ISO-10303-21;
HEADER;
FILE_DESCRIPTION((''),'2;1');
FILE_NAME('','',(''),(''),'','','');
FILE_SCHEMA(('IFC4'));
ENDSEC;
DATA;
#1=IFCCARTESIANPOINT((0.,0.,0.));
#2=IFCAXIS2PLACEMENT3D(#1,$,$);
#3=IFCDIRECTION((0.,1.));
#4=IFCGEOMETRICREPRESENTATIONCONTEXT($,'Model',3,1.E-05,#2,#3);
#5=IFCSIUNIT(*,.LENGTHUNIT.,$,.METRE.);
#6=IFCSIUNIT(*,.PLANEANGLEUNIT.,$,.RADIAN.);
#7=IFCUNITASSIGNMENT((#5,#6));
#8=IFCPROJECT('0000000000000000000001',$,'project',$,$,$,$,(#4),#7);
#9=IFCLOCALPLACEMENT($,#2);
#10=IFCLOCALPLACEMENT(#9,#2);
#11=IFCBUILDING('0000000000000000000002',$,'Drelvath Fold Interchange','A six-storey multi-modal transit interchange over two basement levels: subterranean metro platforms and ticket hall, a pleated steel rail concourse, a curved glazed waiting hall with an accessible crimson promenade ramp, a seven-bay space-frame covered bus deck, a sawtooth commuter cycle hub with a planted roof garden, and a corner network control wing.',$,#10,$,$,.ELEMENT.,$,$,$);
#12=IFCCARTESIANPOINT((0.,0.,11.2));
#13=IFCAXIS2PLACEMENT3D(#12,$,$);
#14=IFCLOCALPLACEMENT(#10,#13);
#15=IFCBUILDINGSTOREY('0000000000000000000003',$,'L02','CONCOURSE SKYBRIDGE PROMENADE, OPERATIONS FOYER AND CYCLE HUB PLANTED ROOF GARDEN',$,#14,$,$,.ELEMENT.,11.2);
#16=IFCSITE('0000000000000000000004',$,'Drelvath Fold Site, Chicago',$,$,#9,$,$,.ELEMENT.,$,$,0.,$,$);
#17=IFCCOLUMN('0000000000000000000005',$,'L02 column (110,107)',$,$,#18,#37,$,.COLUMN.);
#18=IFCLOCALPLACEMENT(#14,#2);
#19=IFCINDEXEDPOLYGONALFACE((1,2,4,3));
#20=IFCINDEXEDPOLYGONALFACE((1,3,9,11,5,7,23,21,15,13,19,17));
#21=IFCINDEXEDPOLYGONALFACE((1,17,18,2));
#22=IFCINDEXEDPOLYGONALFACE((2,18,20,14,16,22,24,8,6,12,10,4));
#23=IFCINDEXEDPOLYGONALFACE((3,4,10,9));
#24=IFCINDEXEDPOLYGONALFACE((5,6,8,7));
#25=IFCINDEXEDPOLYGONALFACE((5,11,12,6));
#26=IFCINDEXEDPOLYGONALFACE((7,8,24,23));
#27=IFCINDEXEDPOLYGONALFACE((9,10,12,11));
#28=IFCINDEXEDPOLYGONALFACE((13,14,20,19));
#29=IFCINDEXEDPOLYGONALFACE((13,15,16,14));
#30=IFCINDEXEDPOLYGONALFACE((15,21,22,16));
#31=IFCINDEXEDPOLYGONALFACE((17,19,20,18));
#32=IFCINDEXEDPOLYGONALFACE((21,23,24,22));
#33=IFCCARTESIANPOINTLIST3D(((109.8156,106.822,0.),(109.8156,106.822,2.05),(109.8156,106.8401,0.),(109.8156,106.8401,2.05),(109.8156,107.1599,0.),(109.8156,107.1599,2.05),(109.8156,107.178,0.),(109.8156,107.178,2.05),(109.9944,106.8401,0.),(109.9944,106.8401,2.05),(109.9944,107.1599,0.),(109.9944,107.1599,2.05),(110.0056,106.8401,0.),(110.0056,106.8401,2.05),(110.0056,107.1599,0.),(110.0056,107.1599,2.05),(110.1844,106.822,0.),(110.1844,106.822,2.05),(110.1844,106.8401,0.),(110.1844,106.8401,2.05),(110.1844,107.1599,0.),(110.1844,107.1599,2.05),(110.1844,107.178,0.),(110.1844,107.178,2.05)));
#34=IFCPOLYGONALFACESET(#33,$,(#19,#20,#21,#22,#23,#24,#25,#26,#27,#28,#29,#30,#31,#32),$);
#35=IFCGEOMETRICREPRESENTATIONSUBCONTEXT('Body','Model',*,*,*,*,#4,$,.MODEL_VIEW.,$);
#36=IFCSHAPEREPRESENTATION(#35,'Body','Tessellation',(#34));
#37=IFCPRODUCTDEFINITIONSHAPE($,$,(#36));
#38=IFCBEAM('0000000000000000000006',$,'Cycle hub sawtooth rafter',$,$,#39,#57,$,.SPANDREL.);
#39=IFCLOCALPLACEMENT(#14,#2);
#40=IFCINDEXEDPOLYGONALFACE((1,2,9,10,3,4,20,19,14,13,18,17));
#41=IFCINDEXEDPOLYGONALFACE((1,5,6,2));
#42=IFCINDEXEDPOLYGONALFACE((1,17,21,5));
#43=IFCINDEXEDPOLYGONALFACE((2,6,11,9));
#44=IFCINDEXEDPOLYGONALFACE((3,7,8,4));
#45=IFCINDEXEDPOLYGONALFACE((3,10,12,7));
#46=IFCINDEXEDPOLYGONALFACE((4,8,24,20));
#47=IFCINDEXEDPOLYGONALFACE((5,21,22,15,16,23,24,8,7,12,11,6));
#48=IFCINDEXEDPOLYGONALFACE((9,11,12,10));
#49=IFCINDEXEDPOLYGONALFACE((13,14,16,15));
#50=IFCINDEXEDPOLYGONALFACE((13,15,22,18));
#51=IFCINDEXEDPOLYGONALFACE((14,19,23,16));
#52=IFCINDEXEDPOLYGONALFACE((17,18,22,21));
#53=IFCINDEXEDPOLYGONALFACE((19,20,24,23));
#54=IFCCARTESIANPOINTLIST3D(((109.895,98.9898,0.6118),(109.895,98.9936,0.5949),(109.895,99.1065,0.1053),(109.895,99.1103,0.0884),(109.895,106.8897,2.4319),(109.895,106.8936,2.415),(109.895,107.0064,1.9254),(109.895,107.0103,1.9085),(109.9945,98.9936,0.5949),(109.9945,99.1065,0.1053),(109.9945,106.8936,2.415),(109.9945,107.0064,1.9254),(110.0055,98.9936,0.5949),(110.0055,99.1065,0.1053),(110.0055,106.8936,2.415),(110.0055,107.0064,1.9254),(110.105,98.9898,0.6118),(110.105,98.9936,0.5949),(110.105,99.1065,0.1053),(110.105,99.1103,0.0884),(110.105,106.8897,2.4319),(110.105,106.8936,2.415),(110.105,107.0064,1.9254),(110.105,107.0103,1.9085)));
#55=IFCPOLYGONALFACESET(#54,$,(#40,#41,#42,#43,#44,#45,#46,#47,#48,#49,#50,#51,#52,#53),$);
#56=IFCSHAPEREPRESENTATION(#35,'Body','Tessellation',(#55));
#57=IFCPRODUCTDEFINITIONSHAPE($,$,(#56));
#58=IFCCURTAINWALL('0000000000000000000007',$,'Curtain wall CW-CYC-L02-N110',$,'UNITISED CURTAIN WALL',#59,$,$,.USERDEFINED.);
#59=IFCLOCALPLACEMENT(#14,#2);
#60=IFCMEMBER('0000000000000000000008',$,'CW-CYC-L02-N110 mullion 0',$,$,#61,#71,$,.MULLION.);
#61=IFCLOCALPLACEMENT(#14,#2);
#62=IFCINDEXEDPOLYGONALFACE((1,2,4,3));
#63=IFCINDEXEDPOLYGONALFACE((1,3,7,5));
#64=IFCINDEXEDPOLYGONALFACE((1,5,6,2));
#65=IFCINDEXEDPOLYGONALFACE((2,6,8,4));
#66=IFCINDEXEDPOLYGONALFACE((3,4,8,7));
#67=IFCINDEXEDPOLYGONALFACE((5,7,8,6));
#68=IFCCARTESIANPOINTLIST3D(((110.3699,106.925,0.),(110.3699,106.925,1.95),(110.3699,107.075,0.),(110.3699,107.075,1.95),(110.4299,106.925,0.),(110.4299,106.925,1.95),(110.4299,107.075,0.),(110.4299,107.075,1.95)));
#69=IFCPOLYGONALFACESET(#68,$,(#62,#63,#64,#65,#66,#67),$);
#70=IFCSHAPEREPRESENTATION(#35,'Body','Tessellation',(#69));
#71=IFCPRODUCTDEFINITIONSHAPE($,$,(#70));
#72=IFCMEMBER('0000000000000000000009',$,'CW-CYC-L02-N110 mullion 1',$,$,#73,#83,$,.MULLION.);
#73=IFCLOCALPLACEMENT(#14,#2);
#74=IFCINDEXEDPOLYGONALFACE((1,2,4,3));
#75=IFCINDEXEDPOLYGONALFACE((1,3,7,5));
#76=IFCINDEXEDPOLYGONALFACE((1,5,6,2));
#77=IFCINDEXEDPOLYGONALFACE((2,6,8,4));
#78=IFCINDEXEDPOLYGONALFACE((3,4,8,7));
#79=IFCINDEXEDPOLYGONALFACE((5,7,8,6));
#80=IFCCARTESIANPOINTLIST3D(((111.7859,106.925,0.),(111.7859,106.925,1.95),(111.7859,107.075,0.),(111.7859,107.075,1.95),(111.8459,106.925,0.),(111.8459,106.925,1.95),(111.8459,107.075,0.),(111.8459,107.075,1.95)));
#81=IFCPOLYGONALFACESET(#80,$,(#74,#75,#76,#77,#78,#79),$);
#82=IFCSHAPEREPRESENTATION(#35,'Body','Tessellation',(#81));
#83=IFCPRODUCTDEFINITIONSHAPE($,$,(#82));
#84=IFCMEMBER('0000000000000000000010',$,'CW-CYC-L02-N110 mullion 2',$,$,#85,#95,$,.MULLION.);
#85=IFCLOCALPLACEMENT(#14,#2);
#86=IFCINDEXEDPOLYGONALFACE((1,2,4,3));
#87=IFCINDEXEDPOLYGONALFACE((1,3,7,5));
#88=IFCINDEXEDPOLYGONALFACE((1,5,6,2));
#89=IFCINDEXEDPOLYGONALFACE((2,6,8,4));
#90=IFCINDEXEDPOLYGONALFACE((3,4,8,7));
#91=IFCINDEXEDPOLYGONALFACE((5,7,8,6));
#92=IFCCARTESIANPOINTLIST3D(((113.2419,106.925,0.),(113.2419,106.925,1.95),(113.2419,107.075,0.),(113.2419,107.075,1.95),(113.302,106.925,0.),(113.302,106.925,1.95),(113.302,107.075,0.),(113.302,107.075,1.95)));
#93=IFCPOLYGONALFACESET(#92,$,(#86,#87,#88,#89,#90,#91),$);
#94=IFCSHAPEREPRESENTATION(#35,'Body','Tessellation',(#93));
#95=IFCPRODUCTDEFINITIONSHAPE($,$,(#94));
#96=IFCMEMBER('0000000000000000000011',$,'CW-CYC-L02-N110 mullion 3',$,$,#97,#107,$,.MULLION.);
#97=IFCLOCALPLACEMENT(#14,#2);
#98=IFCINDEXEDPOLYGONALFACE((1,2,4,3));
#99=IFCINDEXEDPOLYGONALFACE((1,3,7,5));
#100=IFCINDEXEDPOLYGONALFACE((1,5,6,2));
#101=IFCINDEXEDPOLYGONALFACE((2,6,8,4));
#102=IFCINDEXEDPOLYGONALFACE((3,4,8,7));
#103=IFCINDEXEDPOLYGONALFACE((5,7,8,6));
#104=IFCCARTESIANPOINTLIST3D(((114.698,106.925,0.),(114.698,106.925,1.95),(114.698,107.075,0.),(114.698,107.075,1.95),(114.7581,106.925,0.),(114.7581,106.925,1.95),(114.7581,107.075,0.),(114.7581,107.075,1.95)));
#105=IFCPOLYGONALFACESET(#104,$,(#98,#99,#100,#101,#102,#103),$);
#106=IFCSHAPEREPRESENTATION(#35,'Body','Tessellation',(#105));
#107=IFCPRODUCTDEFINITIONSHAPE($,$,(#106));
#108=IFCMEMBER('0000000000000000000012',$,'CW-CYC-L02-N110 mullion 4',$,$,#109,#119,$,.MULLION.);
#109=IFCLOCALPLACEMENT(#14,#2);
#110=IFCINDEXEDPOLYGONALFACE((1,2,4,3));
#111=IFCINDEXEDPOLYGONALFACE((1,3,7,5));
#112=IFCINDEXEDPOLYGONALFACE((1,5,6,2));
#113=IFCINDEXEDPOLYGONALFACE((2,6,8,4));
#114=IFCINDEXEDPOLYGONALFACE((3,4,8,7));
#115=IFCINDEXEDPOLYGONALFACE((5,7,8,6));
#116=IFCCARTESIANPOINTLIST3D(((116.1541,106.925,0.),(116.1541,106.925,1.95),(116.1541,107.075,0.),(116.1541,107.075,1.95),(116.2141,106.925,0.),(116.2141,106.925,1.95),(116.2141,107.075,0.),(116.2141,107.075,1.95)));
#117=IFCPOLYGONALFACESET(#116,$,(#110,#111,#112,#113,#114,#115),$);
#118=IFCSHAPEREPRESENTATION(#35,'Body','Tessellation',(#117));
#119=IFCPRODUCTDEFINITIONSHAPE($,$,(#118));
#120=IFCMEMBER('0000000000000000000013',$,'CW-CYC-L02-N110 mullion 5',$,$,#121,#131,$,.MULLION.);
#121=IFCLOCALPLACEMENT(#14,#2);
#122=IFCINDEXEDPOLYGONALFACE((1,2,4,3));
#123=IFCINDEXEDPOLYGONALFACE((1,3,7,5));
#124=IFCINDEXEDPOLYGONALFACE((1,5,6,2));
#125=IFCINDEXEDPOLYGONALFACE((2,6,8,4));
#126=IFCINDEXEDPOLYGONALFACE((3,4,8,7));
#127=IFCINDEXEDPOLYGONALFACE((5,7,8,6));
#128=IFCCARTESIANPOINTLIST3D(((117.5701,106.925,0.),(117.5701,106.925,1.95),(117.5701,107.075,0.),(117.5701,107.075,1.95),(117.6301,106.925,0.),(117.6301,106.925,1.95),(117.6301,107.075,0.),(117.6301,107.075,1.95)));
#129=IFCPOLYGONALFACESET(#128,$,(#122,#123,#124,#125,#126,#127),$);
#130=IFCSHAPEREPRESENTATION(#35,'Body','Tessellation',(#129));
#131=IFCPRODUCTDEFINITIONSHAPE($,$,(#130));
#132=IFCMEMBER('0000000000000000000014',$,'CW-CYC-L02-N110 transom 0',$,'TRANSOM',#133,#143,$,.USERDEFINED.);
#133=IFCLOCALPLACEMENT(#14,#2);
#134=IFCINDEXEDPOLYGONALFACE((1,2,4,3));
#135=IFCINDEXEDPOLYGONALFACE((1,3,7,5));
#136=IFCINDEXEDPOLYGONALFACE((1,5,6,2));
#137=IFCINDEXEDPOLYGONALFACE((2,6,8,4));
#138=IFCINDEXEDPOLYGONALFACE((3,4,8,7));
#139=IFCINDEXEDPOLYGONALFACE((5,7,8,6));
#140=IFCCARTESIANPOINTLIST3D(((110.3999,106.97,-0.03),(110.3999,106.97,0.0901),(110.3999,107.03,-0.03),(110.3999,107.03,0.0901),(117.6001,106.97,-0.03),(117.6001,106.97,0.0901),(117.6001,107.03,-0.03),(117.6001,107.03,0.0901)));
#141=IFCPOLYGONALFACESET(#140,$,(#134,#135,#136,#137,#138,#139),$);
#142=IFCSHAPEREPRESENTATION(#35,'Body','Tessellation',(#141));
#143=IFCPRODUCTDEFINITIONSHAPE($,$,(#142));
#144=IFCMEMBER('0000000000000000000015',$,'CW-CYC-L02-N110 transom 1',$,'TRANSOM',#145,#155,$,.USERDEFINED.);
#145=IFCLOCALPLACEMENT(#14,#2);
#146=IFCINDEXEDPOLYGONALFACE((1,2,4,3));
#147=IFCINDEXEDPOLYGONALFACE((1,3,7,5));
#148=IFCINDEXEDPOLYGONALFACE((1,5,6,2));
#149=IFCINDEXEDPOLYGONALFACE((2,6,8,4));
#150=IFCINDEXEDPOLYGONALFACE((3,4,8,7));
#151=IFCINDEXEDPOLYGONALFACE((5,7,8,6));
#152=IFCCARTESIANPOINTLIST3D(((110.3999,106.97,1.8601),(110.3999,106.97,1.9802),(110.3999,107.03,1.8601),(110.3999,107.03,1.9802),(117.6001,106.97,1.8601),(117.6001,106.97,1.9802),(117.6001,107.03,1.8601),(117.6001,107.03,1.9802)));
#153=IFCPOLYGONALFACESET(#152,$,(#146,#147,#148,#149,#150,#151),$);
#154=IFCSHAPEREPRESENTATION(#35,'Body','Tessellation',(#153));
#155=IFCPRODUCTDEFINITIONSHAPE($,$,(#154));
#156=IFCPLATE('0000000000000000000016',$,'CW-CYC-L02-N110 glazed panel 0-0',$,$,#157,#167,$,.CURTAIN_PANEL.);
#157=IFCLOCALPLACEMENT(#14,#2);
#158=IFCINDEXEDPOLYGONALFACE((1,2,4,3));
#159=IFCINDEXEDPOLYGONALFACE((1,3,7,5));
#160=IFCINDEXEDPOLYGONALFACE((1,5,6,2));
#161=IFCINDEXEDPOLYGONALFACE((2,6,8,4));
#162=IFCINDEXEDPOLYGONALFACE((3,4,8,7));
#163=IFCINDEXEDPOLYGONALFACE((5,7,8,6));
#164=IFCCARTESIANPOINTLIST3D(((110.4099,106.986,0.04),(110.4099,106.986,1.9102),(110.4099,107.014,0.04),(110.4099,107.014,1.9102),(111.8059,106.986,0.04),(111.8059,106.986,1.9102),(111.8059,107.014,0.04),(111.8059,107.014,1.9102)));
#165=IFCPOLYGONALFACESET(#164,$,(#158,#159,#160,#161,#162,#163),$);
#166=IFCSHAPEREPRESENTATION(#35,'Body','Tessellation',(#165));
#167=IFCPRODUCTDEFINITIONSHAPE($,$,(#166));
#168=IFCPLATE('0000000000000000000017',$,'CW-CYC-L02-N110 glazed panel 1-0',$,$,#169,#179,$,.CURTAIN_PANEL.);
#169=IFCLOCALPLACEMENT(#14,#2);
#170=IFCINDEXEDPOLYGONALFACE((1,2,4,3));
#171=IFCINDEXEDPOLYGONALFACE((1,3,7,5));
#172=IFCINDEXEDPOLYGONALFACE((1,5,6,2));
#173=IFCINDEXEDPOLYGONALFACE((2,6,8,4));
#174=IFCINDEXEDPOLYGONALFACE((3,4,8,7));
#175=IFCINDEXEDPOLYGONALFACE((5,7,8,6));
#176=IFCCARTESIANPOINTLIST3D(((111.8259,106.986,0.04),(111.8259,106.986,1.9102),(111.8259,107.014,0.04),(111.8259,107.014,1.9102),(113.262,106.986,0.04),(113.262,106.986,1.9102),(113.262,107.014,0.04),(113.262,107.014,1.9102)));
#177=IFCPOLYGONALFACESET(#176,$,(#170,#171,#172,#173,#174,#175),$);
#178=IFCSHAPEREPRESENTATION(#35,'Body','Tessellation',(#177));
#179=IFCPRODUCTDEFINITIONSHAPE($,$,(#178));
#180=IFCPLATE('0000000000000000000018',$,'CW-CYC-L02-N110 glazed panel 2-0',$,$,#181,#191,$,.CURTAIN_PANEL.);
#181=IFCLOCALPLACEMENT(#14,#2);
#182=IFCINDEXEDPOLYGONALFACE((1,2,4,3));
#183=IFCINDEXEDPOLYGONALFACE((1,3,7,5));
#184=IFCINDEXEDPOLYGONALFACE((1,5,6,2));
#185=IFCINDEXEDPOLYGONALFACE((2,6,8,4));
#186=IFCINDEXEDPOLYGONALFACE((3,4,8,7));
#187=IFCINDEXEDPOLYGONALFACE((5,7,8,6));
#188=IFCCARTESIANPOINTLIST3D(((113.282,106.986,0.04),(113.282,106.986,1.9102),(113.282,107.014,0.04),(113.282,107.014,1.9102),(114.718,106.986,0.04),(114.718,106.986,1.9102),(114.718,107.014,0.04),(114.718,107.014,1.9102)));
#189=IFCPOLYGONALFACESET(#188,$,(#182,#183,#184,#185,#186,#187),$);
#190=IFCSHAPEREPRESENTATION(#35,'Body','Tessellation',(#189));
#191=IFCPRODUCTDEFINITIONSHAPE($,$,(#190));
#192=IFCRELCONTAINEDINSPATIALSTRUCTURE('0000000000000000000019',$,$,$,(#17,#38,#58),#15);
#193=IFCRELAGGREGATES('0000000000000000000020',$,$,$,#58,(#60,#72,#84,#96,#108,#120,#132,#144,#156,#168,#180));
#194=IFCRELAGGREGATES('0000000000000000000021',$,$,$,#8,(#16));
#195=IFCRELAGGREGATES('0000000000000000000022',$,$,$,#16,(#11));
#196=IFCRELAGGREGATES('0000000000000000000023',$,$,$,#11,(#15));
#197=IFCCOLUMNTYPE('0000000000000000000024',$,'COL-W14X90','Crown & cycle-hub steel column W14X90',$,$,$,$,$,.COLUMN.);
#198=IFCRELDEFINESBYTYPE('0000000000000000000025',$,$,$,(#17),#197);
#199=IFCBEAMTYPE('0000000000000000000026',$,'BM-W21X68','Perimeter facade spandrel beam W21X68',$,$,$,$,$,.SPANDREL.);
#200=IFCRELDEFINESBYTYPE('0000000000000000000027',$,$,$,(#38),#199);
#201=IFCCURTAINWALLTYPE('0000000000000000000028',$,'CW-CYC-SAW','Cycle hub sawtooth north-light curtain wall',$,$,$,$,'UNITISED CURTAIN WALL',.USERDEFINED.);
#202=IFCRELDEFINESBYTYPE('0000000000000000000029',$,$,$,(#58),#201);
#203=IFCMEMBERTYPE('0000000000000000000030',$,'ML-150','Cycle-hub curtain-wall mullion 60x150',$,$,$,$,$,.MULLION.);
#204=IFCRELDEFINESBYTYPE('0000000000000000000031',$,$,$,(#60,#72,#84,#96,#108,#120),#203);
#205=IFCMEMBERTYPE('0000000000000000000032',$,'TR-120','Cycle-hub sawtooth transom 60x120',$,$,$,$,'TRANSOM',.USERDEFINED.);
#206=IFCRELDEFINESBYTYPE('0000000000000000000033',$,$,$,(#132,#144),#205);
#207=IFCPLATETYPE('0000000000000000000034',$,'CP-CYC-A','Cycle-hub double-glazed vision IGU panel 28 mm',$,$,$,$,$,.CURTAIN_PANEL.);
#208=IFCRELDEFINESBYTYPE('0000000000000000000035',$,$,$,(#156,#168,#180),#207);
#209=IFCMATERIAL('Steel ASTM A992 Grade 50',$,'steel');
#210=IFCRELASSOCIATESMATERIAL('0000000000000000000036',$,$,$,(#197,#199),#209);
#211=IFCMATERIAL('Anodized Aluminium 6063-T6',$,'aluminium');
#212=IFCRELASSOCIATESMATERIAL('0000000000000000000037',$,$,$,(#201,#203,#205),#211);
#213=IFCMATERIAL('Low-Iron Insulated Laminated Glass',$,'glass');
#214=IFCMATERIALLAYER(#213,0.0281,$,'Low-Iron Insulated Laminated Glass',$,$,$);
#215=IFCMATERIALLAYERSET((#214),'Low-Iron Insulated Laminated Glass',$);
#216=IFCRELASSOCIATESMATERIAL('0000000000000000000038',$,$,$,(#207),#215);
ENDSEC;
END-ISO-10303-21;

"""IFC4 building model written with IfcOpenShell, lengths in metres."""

from ifc_helpers import new_model, si_unit, direction, frame, origin, origin_2d, place, context, subcontext, project, spatial, rectangle, i_section, extrude, material, layer, layer_set, material_profile, profile_set, type_object, element, aggregate, save


model = new_model("IFC4")

# Units and contexts
model_context = context("Model", 3, precision=1e-05, world=origin(), true_north=direction((0.0, 1.0)))
body_context = subcontext(model_context, "Body", "Model", "MODEL_VIEW")
ifc_project = project(units=[si_unit("LENGTHUNIT", "METRE"), si_unit("PLANEANGLEUNIT", "RADIAN")], contexts=[model_context])

# Site, building, storey
site_placement = place(None, origin())
site = spatial("IfcSite", under=ifc_project, at=site_placement, Name="Drelvath Fold Site, Chicago", CompositionType="ELEMENT", RefElevation=0.0)
building_placement = place(site_placement, origin())
building = spatial("IfcBuilding", under=site, at=building_placement, Name="Drelvath Fold Interchange", Description="A six-storey multi-modal transit interchange over two basement levels: subterranean metro platforms and ticket hall, a pleated steel rail concourse, a curved glazed waiting hall with an accessible crimson promenade ramp, a seven-bay space-frame covered bus deck, a sawtooth commuter cycle hub with a planted roof garden, and a corner network control wing.", CompositionType="ELEMENT")
storey_placement = place(building_placement, frame((0.0, 0.0, 11.2)))
storey = spatial("IfcBuildingStorey", under=building, at=storey_placement, Name="L02", Description="CONCOURSE SKYBRIDGE PROMENADE, OPERATIONS FOYER AND CYCLE HUB PLANTED ROOF GARDEN", CompositionType="ELEMENT", Elevation=11.2)

# Column
ifc_material_1 = material(Name="Steel ASTM A992 Grade 50", Category="steel")
ifc_material_profile_1 = material_profile(ifc_material_1, i_section(OverallWidth=0.3689, OverallDepth=0.356, WebThickness=0.0112, FlangeThickness=0.0181, at=origin_2d()), Name="W14X90")
ifc_profile_set_1 = profile_set([ifc_material_profile_1], Name="Steel ASTM A992 Grade 50")
column_type = type_object("IfcColumnType", Name="COL-W14X90", Description="Crown & cycle-hub steel column W14X90", PredefinedType="COLUMN", material=ifc_profile_set_1)
column_placement = place(storey_placement, frame((110.0, 107.0, 0.0), z_axis=(0.0, 0.0, 1.0), x_axis=(1.0, 0.0, 0.0)))
element("IfcColumn", 1, at=column_placement, inside=storey, type_object=column_type, Name="L02 column (110,107)", PredefinedType="COLUMN", context=body_context, shape_type="SweptSolid", body=[
    extrude(i_section(OverallWidth=0.3689, OverallDepth=0.356, WebThickness=0.0112, FlangeThickness=0.0181, at=origin_2d()), origin(), (0.0, 0.0, 1.0), 2.05),
])

# Beam
ifc_material_profile_2 = material_profile(ifc_material_1, i_section(OverallWidth=0.21, OverallDepth=0.5371, WebThickness=0.011, FlangeThickness=0.0173, at=origin_2d()), Name="W21X68")
ifc_profile_set_2 = profile_set([ifc_material_profile_2], Name="Steel ASTM A992 Grade 50")
beam_type = type_object("IfcBeamType", Name="BM-W21X68", Description="Perimeter facade spandrel beam W21X68", PredefinedType="SPANDREL", material=ifc_profile_set_2)
beam_placement = place(storey_placement, frame((110.0, 99.05, 0.3501), z_axis=(0.0, 0.974472, 0.22451), x_axis=(-1.0, 0.0, 0.0)))
element("IfcBeam", 2, at=beam_placement, inside=storey, type_object=beam_type, Name="Cycle hub sawtooth rafter", PredefinedType="SPANDREL", context=body_context, shape_type="SweptSolid", body=[
    extrude(i_section(OverallWidth=0.21, OverallDepth=0.5371, WebThickness=0.011, FlangeThickness=0.0173, at=origin_2d()), origin(), (0.0, 0.0, 1.0), 8.1069),
])

# Curtain wall, members, plates
ifc_material_2 = material(Name="Anodized Aluminium 6063-T6", Category="aluminium")
curtain_wall_type = type_object("IfcCurtainWallType", Name="CW-CYC-SAW", Description="Cycle hub sawtooth north-light curtain wall", ElementType="UNITISED CURTAIN WALL", PredefinedType="USERDEFINED", material=ifc_material_2)
curtain_wall_placement = place(storey_placement, origin())
curtain_wall = element("IfcCurtainWall", 3, at=curtain_wall_placement, inside=storey, type_object=curtain_wall_type, Name="Curtain wall CW-CYC-L02-N110", ObjectType="UNITISED CURTAIN WALL", PredefinedType="USERDEFINED")
ifc_material_profile_3 = material_profile(ifc_material_2, rectangle(XDim=0.0601, YDim=0.1499, at=origin_2d()), Name="AL-M 60x150")
ifc_profile_set_3 = profile_set([ifc_material_profile_3], Name="Anodized Aluminium 6063-T6")
member_type_1 = type_object("IfcMemberType", Name="ML-150", Description="Cycle-hub curtain-wall mullion 60x150", PredefinedType="MULLION", material=ifc_profile_set_3)
member_1_placement = place(storey_placement, frame((110.3999, 107.0, 0.0), z_axis=(0.0, 0.0, 1.0), x_axis=(1.0, 0.0, 0.0)))
member_1 = element("IfcMember", 4, at=member_1_placement, type_object=member_type_1, Name="CW-CYC-L02-N110 mullion 0", PredefinedType="MULLION", context=body_context, shape_type="SweptSolid", body=[
    extrude(rectangle(XDim=0.0601, YDim=0.1499, at=origin_2d()), origin(), (0.0, 0.0, 1.0), 1.95),
])
member_2_placement = place(storey_placement, frame((111.8159, 107.0, 0.0), z_axis=(0.0, 0.0, 1.0), x_axis=(1.0, 0.0, 0.0)))
member_2 = element("IfcMember", 5, at=member_2_placement, type_object=member_type_1, Name="CW-CYC-L02-N110 mullion 1", PredefinedType="MULLION", context=body_context, shape_type="SweptSolid", body=[
    extrude(rectangle(XDim=0.0601, YDim=0.1499, at=origin_2d()), origin(), (0.0, 0.0, 1.0), 1.95),
])
member_3_placement = place(storey_placement, frame((113.272, 107.0, 0.0), z_axis=(0.0, 0.0, 1.0), x_axis=(1.0, 0.0, 0.0)))
member_3 = element("IfcMember", 6, at=member_3_placement, type_object=member_type_1, Name="CW-CYC-L02-N110 mullion 2", PredefinedType="MULLION", context=body_context, shape_type="SweptSolid", body=[
    extrude(rectangle(XDim=0.0601, YDim=0.1499, at=origin_2d()), origin(), (0.0, 0.0, 1.0), 1.95),
])
member_4_placement = place(storey_placement, frame((114.728, 107.0, 0.0), z_axis=(0.0, 0.0, 1.0), x_axis=(1.0, 0.0, 0.0)))
member_4 = element("IfcMember", 7, at=member_4_placement, type_object=member_type_1, Name="CW-CYC-L02-N110 mullion 3", PredefinedType="MULLION", context=body_context, shape_type="SweptSolid", body=[
    extrude(rectangle(XDim=0.0601, YDim=0.1499, at=origin_2d()), origin(), (0.0, 0.0, 1.0), 1.95),
])
member_5_placement = place(storey_placement, frame((116.1841, 107.0, 0.0), z_axis=(0.0, 0.0, 1.0), x_axis=(1.0, 0.0, 0.0)))
member_5 = element("IfcMember", 8, at=member_5_placement, type_object=member_type_1, Name="CW-CYC-L02-N110 mullion 4", PredefinedType="MULLION", context=body_context, shape_type="SweptSolid", body=[
    extrude(rectangle(XDim=0.0601, YDim=0.1499, at=origin_2d()), origin(), (0.0, 0.0, 1.0), 1.95),
])
member_6_placement = place(storey_placement, frame((117.6001, 107.0, 0.0), z_axis=(0.0, 0.0, 1.0), x_axis=(1.0, 0.0, 0.0)))
member_6 = element("IfcMember", 9, at=member_6_placement, type_object=member_type_1, Name="CW-CYC-L02-N110 mullion 5", PredefinedType="MULLION", context=body_context, shape_type="SweptSolid", body=[
    extrude(rectangle(XDim=0.0601, YDim=0.1499, at=origin_2d()), origin(), (0.0, 0.0, 1.0), 1.95),
])
ifc_material_profile_4 = material_profile(ifc_material_2, rectangle(XDim=0.0601, YDim=0.1201, at=origin_2d()), Name="AL-T 60x120")
ifc_profile_set_4 = profile_set([ifc_material_profile_4], Name="Anodized Aluminium 6063-T6")
member_type_2 = type_object("IfcMemberType", Name="TR-120", Description="Cycle-hub sawtooth transom 60x120", ElementType="TRANSOM", PredefinedType="USERDEFINED", material=ifc_profile_set_4)
member_7_placement = place(storey_placement, frame((110.3999, 107.0, 0.03), z_axis=(1.0, 0.0, 0.0), x_axis=(0.0, 1.0, 0.0)))
member_7 = element("IfcMember", 10, at=member_7_placement, type_object=member_type_2, Name="CW-CYC-L02-N110 transom 0", ObjectType="TRANSOM", PredefinedType="USERDEFINED", context=body_context, shape_type="SweptSolid", body=[
    extrude(rectangle(XDim=0.0601, YDim=0.1201, at=origin_2d()), origin(), (0.0, 0.0, 1.0), 7.2002),
])
member_8_placement = place(storey_placement, frame((110.3999, 107.0, 1.9202), z_axis=(1.0, 0.0, 0.0), x_axis=(0.0, 1.0, 0.0)))
member_8 = element("IfcMember", 11, at=member_8_placement, type_object=member_type_2, Name="CW-CYC-L02-N110 transom 1", ObjectType="TRANSOM", PredefinedType="USERDEFINED", context=body_context, shape_type="SweptSolid", body=[
    extrude(rectangle(XDim=0.0601, YDim=0.1201, at=origin_2d()), origin(), (0.0, 0.0, 1.0), 7.2002),
])
ifc_material_3 = material(Name="Low-Iron Insulated Laminated Glass", Category="glass")
ifc_layer_1 = layer(ifc_material_3, 0.0281, Name="Low-Iron Insulated Laminated Glass")
ifc_layer_set_1 = layer_set([ifc_layer_1], Name="Low-Iron Insulated Laminated Glass")
plate_type = type_object("IfcPlateType", Name="CP-CYC-A", Description="Cycle-hub double-glazed vision IGU panel 28 mm", PredefinedType="CURTAIN_PANEL", material=ifc_layer_set_1)
plate_1_placement = place(storey_placement, frame((111.1079, 107.0, 0.04), z_axis=(0.0, 0.0, 1.0), x_axis=(1.0, 0.0, 0.0)))
plate_1 = element("IfcPlate", 12, at=plate_1_placement, type_object=plate_type, Name="CW-CYC-L02-N110 glazed panel 0-0", PredefinedType="CURTAIN_PANEL", context=body_context, shape_type="SweptSolid", body=[
    extrude(rectangle(XDim=1.396, YDim=0.0281, at=origin_2d()), origin(), (0.0, 0.0, 1.0), 1.8701),
])
plate_2_placement = place(storey_placement, frame((112.5439, 107.0, 0.04), z_axis=(0.0, 0.0, 1.0), x_axis=(1.0, 0.0, 0.0)))
plate_2 = element("IfcPlate", 13, at=plate_2_placement, type_object=plate_type, Name="CW-CYC-L02-N110 glazed panel 1-0", PredefinedType="CURTAIN_PANEL", context=body_context, shape_type="SweptSolid", body=[
    extrude(rectangle(XDim=1.436, YDim=0.0281, at=origin_2d()), origin(), (0.0, 0.0, 1.0), 1.8701),
])
plate_3_placement = place(storey_placement, frame((114.0, 107.0, 0.04), z_axis=(0.0, 0.0, 1.0), x_axis=(1.0, 0.0, 0.0)))
plate_3 = element("IfcPlate", 14, at=plate_3_placement, type_object=plate_type, Name="CW-CYC-L02-N110 glazed panel 2-0", PredefinedType="CURTAIN_PANEL", context=body_context, shape_type="SweptSolid", body=[
    extrude(rectangle(XDim=1.436, YDim=0.0281, at=origin_2d()), origin(), (0.0, 0.0, 1.0), 1.8701),
])
aggregate(curtain_wall, [member_1, member_2, member_3, member_4, member_5, member_6, member_7, member_8, plate_1, plate_2, plate_3])

save(model, "model.ifc")
